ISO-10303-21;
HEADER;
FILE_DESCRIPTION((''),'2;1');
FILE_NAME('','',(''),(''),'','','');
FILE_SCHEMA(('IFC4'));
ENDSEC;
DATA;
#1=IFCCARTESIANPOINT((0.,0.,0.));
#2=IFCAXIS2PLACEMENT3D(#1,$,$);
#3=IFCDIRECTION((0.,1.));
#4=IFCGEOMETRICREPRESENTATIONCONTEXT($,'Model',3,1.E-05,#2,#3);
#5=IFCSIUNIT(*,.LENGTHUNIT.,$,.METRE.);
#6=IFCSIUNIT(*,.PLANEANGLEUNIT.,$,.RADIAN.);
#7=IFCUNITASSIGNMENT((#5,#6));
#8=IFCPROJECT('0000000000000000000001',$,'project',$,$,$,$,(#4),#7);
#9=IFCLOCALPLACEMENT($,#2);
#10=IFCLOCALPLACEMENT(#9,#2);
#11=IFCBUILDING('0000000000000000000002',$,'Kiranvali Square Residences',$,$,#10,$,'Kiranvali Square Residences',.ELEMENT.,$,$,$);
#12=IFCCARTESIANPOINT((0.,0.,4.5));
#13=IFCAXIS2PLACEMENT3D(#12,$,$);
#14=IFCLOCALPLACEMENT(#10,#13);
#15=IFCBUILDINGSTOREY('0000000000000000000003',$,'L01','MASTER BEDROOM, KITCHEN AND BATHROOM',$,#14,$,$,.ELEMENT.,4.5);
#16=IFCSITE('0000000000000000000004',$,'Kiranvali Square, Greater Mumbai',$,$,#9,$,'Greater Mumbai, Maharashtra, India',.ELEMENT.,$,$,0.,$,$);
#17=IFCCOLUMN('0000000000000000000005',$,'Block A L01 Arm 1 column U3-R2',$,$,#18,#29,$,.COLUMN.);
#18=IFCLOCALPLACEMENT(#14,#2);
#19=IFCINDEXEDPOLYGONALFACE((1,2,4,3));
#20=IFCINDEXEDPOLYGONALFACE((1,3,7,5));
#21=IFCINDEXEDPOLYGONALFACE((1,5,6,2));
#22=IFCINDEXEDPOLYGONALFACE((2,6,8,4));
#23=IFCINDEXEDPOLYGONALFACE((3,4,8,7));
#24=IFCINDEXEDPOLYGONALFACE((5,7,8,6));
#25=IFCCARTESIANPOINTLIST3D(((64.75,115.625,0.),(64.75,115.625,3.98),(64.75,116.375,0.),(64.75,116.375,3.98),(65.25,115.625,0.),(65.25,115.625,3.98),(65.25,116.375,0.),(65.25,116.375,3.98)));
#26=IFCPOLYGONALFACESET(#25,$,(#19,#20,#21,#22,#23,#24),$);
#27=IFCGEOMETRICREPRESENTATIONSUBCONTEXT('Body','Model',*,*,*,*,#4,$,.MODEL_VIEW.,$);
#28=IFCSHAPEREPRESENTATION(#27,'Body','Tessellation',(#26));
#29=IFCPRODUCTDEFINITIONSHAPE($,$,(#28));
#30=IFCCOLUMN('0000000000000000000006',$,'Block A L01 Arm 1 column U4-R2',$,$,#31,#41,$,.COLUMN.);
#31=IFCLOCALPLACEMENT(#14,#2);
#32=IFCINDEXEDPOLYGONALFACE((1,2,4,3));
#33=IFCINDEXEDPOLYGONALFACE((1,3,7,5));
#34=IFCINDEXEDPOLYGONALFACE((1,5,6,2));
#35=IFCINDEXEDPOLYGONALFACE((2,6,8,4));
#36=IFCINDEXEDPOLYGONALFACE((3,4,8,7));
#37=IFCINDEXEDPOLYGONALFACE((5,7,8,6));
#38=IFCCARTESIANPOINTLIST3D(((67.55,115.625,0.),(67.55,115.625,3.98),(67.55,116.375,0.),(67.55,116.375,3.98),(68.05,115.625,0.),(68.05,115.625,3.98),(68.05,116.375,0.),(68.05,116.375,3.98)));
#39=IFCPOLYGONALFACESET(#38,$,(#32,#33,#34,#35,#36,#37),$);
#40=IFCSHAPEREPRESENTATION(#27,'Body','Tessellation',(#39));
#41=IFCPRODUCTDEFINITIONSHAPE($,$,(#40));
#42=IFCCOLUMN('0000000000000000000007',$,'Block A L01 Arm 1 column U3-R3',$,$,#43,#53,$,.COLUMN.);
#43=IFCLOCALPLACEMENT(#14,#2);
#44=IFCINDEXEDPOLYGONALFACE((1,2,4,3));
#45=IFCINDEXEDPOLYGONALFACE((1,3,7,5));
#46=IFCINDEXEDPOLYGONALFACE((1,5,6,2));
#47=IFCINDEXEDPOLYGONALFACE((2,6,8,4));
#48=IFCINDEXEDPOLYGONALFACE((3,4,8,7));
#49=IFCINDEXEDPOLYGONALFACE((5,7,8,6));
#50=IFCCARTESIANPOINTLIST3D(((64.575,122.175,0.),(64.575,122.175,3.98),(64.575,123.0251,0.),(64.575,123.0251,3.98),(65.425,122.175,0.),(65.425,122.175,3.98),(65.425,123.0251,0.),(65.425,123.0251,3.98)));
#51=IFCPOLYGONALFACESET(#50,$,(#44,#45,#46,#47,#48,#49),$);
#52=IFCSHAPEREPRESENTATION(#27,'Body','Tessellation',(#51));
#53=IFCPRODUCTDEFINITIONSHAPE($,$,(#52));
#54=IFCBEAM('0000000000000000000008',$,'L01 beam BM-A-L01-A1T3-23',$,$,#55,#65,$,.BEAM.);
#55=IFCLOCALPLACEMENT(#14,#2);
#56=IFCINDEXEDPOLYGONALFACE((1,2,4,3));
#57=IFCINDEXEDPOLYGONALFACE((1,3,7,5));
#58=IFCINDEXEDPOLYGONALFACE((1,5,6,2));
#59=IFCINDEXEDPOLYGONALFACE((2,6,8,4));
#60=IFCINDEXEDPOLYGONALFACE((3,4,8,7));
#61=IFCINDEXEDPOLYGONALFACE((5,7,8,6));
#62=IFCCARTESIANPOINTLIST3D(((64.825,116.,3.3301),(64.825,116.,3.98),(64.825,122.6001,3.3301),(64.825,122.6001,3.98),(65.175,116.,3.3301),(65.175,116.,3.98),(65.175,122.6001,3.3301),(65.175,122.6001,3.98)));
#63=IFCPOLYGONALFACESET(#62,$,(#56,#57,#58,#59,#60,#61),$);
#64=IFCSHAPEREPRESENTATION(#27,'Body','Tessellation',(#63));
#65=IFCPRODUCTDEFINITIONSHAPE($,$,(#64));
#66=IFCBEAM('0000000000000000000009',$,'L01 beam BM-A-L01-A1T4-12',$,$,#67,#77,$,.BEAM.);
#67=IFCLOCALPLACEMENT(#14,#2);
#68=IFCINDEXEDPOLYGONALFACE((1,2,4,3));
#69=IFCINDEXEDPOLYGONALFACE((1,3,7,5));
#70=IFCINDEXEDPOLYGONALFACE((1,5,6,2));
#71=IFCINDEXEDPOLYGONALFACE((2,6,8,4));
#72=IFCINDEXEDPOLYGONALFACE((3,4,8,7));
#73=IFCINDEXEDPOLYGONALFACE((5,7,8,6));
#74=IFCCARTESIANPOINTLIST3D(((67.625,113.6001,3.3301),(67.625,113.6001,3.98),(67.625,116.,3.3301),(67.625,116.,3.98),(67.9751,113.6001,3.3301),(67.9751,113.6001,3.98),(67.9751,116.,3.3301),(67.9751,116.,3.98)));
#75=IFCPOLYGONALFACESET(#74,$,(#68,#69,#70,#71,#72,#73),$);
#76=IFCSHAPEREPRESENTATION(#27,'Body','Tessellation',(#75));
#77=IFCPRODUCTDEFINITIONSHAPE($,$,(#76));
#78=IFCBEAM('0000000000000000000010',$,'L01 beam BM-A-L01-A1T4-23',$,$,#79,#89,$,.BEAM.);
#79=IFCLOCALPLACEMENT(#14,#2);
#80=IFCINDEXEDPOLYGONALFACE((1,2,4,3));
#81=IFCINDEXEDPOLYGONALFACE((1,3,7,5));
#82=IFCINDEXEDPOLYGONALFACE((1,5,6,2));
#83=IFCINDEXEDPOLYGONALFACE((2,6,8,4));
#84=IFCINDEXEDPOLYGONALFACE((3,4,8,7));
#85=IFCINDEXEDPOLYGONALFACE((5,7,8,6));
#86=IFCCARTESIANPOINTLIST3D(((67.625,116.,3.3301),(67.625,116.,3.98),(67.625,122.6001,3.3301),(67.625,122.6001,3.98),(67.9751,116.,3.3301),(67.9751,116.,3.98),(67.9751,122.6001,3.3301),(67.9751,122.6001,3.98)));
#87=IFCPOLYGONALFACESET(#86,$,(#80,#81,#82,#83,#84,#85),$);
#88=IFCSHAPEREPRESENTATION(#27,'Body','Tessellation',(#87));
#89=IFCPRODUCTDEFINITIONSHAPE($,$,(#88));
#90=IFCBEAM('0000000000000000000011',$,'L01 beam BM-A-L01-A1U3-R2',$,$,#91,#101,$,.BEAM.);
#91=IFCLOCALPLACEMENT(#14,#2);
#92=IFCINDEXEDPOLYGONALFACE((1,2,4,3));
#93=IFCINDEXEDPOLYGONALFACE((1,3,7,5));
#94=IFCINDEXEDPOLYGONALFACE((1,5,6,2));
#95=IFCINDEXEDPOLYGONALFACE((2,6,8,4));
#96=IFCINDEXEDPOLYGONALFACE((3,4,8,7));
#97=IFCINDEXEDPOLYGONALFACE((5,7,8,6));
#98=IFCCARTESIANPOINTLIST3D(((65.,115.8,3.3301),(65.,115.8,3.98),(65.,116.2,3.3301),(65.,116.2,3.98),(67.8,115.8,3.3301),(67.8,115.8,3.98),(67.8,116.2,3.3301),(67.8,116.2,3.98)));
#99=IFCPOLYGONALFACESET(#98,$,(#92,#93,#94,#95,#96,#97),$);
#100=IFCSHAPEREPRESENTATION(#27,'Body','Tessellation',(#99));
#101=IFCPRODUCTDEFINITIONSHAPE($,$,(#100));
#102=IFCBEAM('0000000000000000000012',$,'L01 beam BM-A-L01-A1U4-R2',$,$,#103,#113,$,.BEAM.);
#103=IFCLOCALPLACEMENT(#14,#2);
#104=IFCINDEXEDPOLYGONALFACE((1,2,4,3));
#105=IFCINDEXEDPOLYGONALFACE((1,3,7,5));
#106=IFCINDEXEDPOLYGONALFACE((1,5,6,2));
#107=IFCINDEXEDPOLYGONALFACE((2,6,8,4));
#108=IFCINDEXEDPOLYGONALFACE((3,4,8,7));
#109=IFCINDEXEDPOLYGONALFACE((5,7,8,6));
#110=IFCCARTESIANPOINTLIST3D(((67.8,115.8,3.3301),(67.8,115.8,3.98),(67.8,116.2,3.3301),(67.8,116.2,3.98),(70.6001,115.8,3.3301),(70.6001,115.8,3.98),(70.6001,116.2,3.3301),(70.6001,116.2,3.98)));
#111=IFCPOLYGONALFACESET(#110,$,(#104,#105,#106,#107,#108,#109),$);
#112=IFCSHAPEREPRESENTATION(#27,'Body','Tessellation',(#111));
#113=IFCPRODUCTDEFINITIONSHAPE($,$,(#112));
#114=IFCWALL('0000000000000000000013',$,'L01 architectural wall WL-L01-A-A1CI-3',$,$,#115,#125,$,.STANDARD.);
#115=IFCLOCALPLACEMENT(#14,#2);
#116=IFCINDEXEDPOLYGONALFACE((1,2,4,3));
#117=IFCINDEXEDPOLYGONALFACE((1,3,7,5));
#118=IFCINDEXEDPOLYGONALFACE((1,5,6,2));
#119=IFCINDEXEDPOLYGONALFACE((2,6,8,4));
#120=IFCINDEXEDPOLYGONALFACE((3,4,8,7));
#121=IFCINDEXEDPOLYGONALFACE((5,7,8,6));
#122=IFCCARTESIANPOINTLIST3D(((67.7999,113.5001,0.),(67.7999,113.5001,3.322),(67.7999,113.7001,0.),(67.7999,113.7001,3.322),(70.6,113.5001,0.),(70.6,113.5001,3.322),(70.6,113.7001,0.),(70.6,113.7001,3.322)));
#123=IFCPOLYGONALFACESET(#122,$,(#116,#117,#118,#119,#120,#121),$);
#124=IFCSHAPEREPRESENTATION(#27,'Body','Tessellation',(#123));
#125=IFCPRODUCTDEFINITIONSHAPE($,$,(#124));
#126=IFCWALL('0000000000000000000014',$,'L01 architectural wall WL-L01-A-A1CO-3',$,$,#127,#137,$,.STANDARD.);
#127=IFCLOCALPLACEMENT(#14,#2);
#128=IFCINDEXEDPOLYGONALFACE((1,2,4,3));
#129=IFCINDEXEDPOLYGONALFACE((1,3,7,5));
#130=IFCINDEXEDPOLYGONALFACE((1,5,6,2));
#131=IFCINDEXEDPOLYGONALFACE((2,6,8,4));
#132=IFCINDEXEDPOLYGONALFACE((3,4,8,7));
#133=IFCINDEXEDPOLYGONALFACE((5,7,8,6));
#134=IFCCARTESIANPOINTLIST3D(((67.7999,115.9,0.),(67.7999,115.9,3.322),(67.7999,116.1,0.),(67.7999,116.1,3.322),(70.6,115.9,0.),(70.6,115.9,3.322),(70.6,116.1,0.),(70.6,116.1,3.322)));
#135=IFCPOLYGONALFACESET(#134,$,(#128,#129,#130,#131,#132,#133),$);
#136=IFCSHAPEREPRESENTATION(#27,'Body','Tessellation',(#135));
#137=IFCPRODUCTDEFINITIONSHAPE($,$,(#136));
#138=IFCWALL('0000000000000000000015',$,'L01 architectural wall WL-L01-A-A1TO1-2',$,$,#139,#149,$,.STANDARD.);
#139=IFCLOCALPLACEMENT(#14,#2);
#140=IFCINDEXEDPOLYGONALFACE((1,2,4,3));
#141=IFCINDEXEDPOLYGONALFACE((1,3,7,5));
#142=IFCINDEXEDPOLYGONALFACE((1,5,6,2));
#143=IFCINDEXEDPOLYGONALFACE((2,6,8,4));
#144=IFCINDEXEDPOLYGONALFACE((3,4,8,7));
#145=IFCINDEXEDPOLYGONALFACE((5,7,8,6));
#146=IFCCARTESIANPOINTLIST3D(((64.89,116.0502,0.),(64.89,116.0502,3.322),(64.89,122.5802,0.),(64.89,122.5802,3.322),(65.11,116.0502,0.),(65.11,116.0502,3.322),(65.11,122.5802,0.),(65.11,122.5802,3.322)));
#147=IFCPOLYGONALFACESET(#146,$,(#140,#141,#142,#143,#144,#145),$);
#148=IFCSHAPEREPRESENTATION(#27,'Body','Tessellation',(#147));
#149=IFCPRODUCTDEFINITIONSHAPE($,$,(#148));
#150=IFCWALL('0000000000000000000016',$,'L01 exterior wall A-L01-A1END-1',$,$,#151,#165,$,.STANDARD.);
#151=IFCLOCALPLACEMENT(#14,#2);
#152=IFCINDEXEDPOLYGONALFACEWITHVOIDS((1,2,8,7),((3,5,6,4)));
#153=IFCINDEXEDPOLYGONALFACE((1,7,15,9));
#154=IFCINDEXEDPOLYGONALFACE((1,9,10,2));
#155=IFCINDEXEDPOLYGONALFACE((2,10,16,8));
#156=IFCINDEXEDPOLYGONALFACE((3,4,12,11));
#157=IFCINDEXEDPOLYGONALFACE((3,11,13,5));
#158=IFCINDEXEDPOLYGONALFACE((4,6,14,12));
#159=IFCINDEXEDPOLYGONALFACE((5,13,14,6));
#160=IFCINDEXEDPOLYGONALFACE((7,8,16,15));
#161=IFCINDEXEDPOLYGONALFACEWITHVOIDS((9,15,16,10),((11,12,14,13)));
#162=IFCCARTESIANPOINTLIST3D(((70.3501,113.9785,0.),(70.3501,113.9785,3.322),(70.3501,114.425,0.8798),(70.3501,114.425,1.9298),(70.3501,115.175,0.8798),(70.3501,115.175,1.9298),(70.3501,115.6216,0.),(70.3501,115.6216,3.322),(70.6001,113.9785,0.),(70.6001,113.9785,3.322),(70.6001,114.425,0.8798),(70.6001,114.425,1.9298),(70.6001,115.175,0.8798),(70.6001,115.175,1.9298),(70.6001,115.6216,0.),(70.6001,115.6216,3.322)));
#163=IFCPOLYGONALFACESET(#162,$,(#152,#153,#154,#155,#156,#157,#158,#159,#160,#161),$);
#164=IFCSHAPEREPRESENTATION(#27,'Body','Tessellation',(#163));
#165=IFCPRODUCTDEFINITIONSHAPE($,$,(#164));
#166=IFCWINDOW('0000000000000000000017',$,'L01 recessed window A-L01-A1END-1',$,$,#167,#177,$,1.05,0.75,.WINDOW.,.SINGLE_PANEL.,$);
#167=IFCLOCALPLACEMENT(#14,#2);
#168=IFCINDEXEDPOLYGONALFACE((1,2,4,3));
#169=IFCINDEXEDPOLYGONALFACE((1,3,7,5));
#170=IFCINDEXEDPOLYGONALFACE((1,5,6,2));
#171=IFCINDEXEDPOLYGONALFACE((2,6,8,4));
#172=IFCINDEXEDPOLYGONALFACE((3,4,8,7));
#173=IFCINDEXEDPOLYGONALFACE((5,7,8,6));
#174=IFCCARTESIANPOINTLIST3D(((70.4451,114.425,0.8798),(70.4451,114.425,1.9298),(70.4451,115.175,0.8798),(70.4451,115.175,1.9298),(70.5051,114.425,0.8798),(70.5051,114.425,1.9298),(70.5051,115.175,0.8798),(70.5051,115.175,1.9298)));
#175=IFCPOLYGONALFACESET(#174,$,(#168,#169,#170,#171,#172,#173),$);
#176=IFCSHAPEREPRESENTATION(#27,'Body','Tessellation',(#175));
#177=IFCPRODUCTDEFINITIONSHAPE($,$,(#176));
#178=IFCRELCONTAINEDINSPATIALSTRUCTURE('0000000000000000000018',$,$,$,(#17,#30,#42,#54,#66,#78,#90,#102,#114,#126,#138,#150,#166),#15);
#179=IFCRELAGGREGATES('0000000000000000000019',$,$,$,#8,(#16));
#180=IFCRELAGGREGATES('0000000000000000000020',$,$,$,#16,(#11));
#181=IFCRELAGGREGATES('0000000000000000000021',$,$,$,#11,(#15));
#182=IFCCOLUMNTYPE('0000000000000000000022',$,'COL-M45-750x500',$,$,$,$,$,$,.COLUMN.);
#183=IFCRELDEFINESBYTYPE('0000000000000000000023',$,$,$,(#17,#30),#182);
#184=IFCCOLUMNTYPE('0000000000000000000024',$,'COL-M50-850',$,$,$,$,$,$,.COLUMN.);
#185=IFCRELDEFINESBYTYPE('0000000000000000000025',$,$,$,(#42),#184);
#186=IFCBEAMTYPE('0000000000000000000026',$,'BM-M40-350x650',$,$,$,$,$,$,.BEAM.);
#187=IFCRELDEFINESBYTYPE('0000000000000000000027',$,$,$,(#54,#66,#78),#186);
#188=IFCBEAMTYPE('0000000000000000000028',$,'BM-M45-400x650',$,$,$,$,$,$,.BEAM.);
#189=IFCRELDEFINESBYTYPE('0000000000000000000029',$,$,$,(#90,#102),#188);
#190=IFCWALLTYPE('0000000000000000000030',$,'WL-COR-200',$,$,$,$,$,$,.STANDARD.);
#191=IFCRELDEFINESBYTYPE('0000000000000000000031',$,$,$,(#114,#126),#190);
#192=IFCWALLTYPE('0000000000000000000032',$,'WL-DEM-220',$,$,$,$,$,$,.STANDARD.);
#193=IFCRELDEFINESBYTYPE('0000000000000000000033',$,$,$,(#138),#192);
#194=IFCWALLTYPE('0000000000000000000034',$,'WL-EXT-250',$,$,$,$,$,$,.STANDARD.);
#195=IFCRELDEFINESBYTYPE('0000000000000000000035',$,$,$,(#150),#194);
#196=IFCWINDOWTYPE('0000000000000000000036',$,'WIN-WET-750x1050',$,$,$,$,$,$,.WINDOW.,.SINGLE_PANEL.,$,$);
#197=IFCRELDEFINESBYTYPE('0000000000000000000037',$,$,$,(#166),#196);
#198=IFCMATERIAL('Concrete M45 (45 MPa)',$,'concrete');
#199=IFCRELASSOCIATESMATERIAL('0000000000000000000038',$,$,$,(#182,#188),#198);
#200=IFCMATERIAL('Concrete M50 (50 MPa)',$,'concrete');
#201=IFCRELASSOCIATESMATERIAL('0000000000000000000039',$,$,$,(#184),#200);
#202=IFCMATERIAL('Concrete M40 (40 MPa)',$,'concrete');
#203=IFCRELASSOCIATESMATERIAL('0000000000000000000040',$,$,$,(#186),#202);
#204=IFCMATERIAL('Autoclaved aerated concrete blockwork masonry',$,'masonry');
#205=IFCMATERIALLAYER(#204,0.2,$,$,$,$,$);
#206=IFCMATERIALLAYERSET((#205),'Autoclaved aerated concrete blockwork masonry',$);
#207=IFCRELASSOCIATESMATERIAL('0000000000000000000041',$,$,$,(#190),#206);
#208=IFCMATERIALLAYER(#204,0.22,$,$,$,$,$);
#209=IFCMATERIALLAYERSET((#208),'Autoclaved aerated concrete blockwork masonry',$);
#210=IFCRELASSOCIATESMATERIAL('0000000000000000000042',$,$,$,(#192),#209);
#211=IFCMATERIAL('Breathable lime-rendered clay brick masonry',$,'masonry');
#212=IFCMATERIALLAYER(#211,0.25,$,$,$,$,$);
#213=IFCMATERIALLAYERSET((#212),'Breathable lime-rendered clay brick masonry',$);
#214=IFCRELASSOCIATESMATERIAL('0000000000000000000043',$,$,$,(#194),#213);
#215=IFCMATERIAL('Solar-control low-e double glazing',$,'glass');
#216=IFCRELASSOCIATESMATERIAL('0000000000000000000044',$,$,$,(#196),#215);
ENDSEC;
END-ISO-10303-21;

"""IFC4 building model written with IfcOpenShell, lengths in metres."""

from ifc_helpers import new_model, si_unit, direction, frame, frame_2d, origin, origin_2d, place, context, subcontext, project, spatial, rectangle, extrude, material, layer, layer_set, material_profile, profile_set, type_object, element, fill, save


model = new_model("IFC4")

# Units and contexts
model_context = context("Model", 3, precision=1e-05, world=origin(), true_north=direction((0.0, 1.0)))
body_context = subcontext(model_context, "Body", "Model", "MODEL_VIEW")
ifc_project = project(units=[si_unit("LENGTHUNIT", "METRE"), si_unit("PLANEANGLEUNIT", "RADIAN")], contexts=[model_context])

# Site, building, storey
site_placement = place(None, origin())
site = spatial("IfcSite", under=ifc_project, at=site_placement, Name="Kiranvali Square, Greater Mumbai", LongName="Greater Mumbai, Maharashtra, India", CompositionType="ELEMENT", RefElevation=0.0)
building_placement = place(site_placement, origin())
building = spatial("IfcBuilding", under=site, at=building_placement, Name="Kiranvali Square Residences", LongName="Kiranvali Square Residences", CompositionType="ELEMENT")
storey_placement = place(building_placement, frame((0.0, 0.0, 4.5)))
storey = spatial("IfcBuildingStorey", under=building, at=storey_placement, Name="L01", Description="MASTER BEDROOM, KITCHEN AND BATHROOM", CompositionType="ELEMENT", Elevation=4.5)

# Columns
ifc_material_1 = material(Name="Concrete M45 (45 MPa)", Category="concrete")
ifc_material_profile_1 = material_profile(ifc_material_1, rectangle(XDim=0.5, YDim=0.75, at=origin_2d()), Name="RC 750x500")
ifc_profile_set_1 = profile_set([ifc_material_profile_1], Name="Concrete M45 (45 MPa)")
column_type_1 = type_object("IfcColumnType", Name="COL-M45-750x500", PredefinedType="COLUMN", material=ifc_profile_set_1)
for number, where, z_axis, x_axis, name in (
    (1, (65.0, 116.0, 0.0), (0.0, 0.0, 1.0), (1.0, 0.0, 0.0), "Block A L01 Arm 1 column U3-R2"),
    (2, (67.8, 116.0, 0.0), (0.0, 0.0, 1.0), (1.0, 0.0, 0.0), "Block A L01 Arm 1 column U4-R2"),
):
    element("IfcColumn", number, at=place(storey_placement, frame(where, z_axis=z_axis, x_axis=x_axis)), inside=storey, type_object=column_type_1, Name=name, PredefinedType="COLUMN", context=body_context, shape_type="SweptSolid", body=[
        extrude(rectangle(XDim=0.5, YDim=0.75, at=origin_2d()), origin(), (0.0, 0.0, 1.0), 3.98),
    ])
ifc_material_2 = material(Name="Concrete M50 (50 MPa)", Category="concrete")
ifc_material_profile_2 = material_profile(ifc_material_2, rectangle(XDim=0.8501, YDim=0.8501, at=origin_2d()), Name="RC 850x850")
ifc_profile_set_2 = profile_set([ifc_material_profile_2], Name="Concrete M50 (50 MPa)")
column_type_2 = type_object("IfcColumnType", Name="COL-M50-850", PredefinedType="COLUMN", material=ifc_profile_set_2)
column_placement = place(storey_placement, frame((65.0, 122.6001, 0.0), z_axis=(0.0, 0.0, 1.0), x_axis=(1.0, 0.0, 0.0)))
element("IfcColumn", 3, at=column_placement, inside=storey, type_object=column_type_2, Name="Block A L01 Arm 1 column U3-R3", PredefinedType="COLUMN", context=body_context, shape_type="SweptSolid", body=[
    extrude(rectangle(XDim=0.8501, YDim=0.8501, at=origin_2d()), origin(), (0.0, 0.0, 1.0), 3.98),
])

# Beams
ifc_material_3 = material(Name="Concrete M40 (40 MPa)", Category="concrete")
ifc_material_profile_3 = material_profile(ifc_material_3, rectangle(XDim=0.3501, YDim=0.6499, at=origin_2d()), Name="RC 350x650")
ifc_profile_set_3 = profile_set([ifc_material_profile_3], Name="Concrete M40 (40 MPa)")
beam_type_1 = type_object("IfcBeamType", Name="BM-M40-350x650", PredefinedType="BEAM", material=ifc_profile_set_3)
beam_1_placement = place(storey_placement, frame((65.0, 116.0, 3.655), z_axis=(0.0, 1.0, 0.0), x_axis=(-1.0, 0.0, 0.0)))
element("IfcBeam", 4, at=beam_1_placement, inside=storey, type_object=beam_type_1, Name="L01 beam BM-A-L01-A1T3-23", PredefinedType="BEAM", context=body_context, shape_type="SweptSolid", body=[
    extrude(rectangle(XDim=0.3501, YDim=0.6499, at=origin_2d()), origin(), (0.0, 0.0, 1.0), 6.6001),
])
beam_2_placement = place(storey_placement, frame((67.8, 113.6001, 3.655), z_axis=(0.0, 1.0, 0.0), x_axis=(-1.0, 0.0, 0.0)))
element("IfcBeam", 5, at=beam_2_placement, inside=storey, type_object=beam_type_1, Name="L01 beam BM-A-L01-A1T4-12", PredefinedType="BEAM", context=body_context, shape_type="SweptSolid", body=[
    extrude(rectangle(XDim=0.3501, YDim=0.6499, at=origin_2d()), origin(), (0.0, 0.0, 1.0), 2.3999),
])
beam_3_placement = place(storey_placement, frame((67.8, 116.0, 3.655), z_axis=(0.0, 1.0, 0.0), x_axis=(-1.0, 0.0, 0.0)))
element("IfcBeam", 6, at=beam_3_placement, inside=storey, type_object=beam_type_1, Name="L01 beam BM-A-L01-A1T4-23", PredefinedType="BEAM", context=body_context, shape_type="SweptSolid", body=[
    extrude(rectangle(XDim=0.3501, YDim=0.6499, at=origin_2d()), origin(), (0.0, 0.0, 1.0), 6.6001),
])
ifc_material_profile_4 = material_profile(ifc_material_1, rectangle(XDim=0.3999, YDim=0.6499, at=origin_2d()), Name="RC 400x650")
ifc_profile_set_4 = profile_set([ifc_material_profile_4], Name="Concrete M45 (45 MPa)")
beam_type_2 = type_object("IfcBeamType", Name="BM-M45-400x650", PredefinedType="BEAM", material=ifc_profile_set_4)
for number, where, z_axis, x_axis, name in (
    (7, (65.0, 116.0, 3.655), (1.0, 0.0, 0.0), (0.0, 1.0, 0.0), "L01 beam BM-A-L01-A1U3-R2"),
    (8, (67.8, 116.0, 3.655), (1.0, 0.0, 0.0), (0.0, 1.0, 0.0), "L01 beam BM-A-L01-A1U4-R2"),
):
    element("IfcBeam", number, at=place(storey_placement, frame(where, z_axis=z_axis, x_axis=x_axis)), inside=storey, type_object=beam_type_2, Name=name, PredefinedType="BEAM", context=body_context, shape_type="SweptSolid", body=[
        extrude(rectangle(XDim=0.3999, YDim=0.6499, at=origin_2d()), origin(), (0.0, 0.0, 1.0), 2.8),
    ])

# Shared definitions
ifc_material_4 = material(Name="Autoclaved aerated concrete blockwork masonry", Category="masonry")
ifc_layer_1 = layer(ifc_material_4, 0.2)
ifc_layer_set_1 = layer_set([ifc_layer_1], Name="Autoclaved aerated concrete blockwork masonry")
wall_type_1 = type_object("IfcWallType", Name="WL-COR-200", PredefinedType="STANDARD", material=ifc_layer_set_1)

# Walls
for number, where, z_axis, x_axis, name in (
    (9, (67.8, 113.6001, 0.0), (0.0, 0.0, 1.0), (1.0, 0.0, 0.0), "L01 architectural wall WL-L01-A-A1CI-3"),
    (10, (67.8, 116.0, 0.0), (0.0, 0.0, 1.0), (1.0, 0.0, 0.0), "L01 architectural wall WL-L01-A-A1CO-3"),
):
    element("IfcWall", number, at=place(storey_placement, frame(where, z_axis=z_axis, x_axis=x_axis)), inside=storey, type_object=wall_type_1, Name=name, PredefinedType="STANDARD", context=body_context, shape_type="SweptSolid", body=[
        extrude(rectangle(XDim=2.8, YDim=0.2, at=frame_2d((1.3999, 0.0))), origin(), (0.0, 0.0, 1.0), 3.322),
    ])
ifc_layer_2 = layer(ifc_material_4, 0.22)
ifc_layer_set_2 = layer_set([ifc_layer_2], Name="Autoclaved aerated concrete blockwork masonry")
wall_type_2 = type_object("IfcWallType", Name="WL-DEM-220", PredefinedType="STANDARD", material=ifc_layer_set_2)
wall_1_placement = place(storey_placement, frame((65.0, 116.05, 0.0), z_axis=(0.0, 0.0, 1.0), x_axis=(0.0, 1.0, 0.0)))
element("IfcWall", 11, at=wall_1_placement, inside=storey, type_object=wall_type_2, Name="L01 architectural wall WL-L01-A-A1TO1-2", PredefinedType="STANDARD", context=body_context, shape_type="SweptSolid", body=[
    extrude(rectangle(XDim=6.53, YDim=0.22, at=frame_2d((3.2651, 0.0))), origin(), (0.0, 0.0, 1.0), 3.322),
])

# Wall, opening, window
ifc_material_5 = material(Name="Breathable lime-rendered clay brick masonry", Category="masonry")
ifc_layer_3 = layer(ifc_material_5, 0.25)
ifc_layer_set_3 = layer_set([ifc_layer_3], Name="Breathable lime-rendered clay brick masonry")
wall_type_3 = type_object("IfcWallType", Name="WL-EXT-250", PredefinedType="STANDARD", material=ifc_layer_set_3)
wall_2_placement = place(storey_placement, frame((70.4751, 113.9785, 0.0), z_axis=(0.0, 0.0, 1.0), x_axis=(0.0, 1.0, 0.0)))
wall_2 = element("IfcWall", 12, at=wall_2_placement, inside=storey, type_object=wall_type_3, Name="L01 exterior wall A-L01-A1END-1", PredefinedType="STANDARD", context=body_context, shape_type="SweptSolid", body=[
    extrude(rectangle(XDim=1.6431, YDim=0.25, at=frame_2d((0.8215, 0.0))), origin(), (0.0, 0.0, 1.0), 3.322),
])
opening_1_placement = place(wall_2_placement, frame((0.4465, 0.0, 0.8799)))
opening_1 = element("IfcOpeningElement", 13, at=opening_1_placement, cuts=wall_2, PredefinedType="OPENING", context=body_context, shape_type="SweptSolid", body=[
    extrude(rectangle(XDim=0.75, YDim=1.05, at=frame_2d((0.375, 0.5249))), frame((0.0, 0.135, 0.0), z_axis=(0.0, -1.0, 0.0), x_axis=(1.0, 0.0, 0.0)), (0.0, 0.0, 1.0), 0.27),
])
ifc_material_6 = material(Name="Solar-control low-e double glazing", Category="glass")
window_type_1 = type_object("IfcWindowType", Name="WIN-WET-750x1050", PartitioningType="SINGLE_PANEL", PredefinedType="WINDOW", material=ifc_material_6)
window_1_placement = place(opening_1_placement, origin())
window_1 = element("IfcWindow", 14, at=window_1_placement, inside=storey, type_object=window_type_1, Name="L01 recessed window A-L01-A1END-1", OverallHeight=1.05, OverallWidth=0.75, PartitioningType="SINGLE_PANEL", PredefinedType="WINDOW", context=body_context, shape_type="SweptSolid", body=[
    extrude(rectangle(XDim=0.75, YDim=1.05, at=frame_2d((0.375, 0.5249))), frame((0.0, 0.03, 0.0), z_axis=(0.0, -1.0, 0.0), x_axis=(1.0, 0.0, 0.0)), (0.0, 0.0, 1.0), 0.0601),
])
fill(opening_1, window_1)

save(model, "model.ifc")
